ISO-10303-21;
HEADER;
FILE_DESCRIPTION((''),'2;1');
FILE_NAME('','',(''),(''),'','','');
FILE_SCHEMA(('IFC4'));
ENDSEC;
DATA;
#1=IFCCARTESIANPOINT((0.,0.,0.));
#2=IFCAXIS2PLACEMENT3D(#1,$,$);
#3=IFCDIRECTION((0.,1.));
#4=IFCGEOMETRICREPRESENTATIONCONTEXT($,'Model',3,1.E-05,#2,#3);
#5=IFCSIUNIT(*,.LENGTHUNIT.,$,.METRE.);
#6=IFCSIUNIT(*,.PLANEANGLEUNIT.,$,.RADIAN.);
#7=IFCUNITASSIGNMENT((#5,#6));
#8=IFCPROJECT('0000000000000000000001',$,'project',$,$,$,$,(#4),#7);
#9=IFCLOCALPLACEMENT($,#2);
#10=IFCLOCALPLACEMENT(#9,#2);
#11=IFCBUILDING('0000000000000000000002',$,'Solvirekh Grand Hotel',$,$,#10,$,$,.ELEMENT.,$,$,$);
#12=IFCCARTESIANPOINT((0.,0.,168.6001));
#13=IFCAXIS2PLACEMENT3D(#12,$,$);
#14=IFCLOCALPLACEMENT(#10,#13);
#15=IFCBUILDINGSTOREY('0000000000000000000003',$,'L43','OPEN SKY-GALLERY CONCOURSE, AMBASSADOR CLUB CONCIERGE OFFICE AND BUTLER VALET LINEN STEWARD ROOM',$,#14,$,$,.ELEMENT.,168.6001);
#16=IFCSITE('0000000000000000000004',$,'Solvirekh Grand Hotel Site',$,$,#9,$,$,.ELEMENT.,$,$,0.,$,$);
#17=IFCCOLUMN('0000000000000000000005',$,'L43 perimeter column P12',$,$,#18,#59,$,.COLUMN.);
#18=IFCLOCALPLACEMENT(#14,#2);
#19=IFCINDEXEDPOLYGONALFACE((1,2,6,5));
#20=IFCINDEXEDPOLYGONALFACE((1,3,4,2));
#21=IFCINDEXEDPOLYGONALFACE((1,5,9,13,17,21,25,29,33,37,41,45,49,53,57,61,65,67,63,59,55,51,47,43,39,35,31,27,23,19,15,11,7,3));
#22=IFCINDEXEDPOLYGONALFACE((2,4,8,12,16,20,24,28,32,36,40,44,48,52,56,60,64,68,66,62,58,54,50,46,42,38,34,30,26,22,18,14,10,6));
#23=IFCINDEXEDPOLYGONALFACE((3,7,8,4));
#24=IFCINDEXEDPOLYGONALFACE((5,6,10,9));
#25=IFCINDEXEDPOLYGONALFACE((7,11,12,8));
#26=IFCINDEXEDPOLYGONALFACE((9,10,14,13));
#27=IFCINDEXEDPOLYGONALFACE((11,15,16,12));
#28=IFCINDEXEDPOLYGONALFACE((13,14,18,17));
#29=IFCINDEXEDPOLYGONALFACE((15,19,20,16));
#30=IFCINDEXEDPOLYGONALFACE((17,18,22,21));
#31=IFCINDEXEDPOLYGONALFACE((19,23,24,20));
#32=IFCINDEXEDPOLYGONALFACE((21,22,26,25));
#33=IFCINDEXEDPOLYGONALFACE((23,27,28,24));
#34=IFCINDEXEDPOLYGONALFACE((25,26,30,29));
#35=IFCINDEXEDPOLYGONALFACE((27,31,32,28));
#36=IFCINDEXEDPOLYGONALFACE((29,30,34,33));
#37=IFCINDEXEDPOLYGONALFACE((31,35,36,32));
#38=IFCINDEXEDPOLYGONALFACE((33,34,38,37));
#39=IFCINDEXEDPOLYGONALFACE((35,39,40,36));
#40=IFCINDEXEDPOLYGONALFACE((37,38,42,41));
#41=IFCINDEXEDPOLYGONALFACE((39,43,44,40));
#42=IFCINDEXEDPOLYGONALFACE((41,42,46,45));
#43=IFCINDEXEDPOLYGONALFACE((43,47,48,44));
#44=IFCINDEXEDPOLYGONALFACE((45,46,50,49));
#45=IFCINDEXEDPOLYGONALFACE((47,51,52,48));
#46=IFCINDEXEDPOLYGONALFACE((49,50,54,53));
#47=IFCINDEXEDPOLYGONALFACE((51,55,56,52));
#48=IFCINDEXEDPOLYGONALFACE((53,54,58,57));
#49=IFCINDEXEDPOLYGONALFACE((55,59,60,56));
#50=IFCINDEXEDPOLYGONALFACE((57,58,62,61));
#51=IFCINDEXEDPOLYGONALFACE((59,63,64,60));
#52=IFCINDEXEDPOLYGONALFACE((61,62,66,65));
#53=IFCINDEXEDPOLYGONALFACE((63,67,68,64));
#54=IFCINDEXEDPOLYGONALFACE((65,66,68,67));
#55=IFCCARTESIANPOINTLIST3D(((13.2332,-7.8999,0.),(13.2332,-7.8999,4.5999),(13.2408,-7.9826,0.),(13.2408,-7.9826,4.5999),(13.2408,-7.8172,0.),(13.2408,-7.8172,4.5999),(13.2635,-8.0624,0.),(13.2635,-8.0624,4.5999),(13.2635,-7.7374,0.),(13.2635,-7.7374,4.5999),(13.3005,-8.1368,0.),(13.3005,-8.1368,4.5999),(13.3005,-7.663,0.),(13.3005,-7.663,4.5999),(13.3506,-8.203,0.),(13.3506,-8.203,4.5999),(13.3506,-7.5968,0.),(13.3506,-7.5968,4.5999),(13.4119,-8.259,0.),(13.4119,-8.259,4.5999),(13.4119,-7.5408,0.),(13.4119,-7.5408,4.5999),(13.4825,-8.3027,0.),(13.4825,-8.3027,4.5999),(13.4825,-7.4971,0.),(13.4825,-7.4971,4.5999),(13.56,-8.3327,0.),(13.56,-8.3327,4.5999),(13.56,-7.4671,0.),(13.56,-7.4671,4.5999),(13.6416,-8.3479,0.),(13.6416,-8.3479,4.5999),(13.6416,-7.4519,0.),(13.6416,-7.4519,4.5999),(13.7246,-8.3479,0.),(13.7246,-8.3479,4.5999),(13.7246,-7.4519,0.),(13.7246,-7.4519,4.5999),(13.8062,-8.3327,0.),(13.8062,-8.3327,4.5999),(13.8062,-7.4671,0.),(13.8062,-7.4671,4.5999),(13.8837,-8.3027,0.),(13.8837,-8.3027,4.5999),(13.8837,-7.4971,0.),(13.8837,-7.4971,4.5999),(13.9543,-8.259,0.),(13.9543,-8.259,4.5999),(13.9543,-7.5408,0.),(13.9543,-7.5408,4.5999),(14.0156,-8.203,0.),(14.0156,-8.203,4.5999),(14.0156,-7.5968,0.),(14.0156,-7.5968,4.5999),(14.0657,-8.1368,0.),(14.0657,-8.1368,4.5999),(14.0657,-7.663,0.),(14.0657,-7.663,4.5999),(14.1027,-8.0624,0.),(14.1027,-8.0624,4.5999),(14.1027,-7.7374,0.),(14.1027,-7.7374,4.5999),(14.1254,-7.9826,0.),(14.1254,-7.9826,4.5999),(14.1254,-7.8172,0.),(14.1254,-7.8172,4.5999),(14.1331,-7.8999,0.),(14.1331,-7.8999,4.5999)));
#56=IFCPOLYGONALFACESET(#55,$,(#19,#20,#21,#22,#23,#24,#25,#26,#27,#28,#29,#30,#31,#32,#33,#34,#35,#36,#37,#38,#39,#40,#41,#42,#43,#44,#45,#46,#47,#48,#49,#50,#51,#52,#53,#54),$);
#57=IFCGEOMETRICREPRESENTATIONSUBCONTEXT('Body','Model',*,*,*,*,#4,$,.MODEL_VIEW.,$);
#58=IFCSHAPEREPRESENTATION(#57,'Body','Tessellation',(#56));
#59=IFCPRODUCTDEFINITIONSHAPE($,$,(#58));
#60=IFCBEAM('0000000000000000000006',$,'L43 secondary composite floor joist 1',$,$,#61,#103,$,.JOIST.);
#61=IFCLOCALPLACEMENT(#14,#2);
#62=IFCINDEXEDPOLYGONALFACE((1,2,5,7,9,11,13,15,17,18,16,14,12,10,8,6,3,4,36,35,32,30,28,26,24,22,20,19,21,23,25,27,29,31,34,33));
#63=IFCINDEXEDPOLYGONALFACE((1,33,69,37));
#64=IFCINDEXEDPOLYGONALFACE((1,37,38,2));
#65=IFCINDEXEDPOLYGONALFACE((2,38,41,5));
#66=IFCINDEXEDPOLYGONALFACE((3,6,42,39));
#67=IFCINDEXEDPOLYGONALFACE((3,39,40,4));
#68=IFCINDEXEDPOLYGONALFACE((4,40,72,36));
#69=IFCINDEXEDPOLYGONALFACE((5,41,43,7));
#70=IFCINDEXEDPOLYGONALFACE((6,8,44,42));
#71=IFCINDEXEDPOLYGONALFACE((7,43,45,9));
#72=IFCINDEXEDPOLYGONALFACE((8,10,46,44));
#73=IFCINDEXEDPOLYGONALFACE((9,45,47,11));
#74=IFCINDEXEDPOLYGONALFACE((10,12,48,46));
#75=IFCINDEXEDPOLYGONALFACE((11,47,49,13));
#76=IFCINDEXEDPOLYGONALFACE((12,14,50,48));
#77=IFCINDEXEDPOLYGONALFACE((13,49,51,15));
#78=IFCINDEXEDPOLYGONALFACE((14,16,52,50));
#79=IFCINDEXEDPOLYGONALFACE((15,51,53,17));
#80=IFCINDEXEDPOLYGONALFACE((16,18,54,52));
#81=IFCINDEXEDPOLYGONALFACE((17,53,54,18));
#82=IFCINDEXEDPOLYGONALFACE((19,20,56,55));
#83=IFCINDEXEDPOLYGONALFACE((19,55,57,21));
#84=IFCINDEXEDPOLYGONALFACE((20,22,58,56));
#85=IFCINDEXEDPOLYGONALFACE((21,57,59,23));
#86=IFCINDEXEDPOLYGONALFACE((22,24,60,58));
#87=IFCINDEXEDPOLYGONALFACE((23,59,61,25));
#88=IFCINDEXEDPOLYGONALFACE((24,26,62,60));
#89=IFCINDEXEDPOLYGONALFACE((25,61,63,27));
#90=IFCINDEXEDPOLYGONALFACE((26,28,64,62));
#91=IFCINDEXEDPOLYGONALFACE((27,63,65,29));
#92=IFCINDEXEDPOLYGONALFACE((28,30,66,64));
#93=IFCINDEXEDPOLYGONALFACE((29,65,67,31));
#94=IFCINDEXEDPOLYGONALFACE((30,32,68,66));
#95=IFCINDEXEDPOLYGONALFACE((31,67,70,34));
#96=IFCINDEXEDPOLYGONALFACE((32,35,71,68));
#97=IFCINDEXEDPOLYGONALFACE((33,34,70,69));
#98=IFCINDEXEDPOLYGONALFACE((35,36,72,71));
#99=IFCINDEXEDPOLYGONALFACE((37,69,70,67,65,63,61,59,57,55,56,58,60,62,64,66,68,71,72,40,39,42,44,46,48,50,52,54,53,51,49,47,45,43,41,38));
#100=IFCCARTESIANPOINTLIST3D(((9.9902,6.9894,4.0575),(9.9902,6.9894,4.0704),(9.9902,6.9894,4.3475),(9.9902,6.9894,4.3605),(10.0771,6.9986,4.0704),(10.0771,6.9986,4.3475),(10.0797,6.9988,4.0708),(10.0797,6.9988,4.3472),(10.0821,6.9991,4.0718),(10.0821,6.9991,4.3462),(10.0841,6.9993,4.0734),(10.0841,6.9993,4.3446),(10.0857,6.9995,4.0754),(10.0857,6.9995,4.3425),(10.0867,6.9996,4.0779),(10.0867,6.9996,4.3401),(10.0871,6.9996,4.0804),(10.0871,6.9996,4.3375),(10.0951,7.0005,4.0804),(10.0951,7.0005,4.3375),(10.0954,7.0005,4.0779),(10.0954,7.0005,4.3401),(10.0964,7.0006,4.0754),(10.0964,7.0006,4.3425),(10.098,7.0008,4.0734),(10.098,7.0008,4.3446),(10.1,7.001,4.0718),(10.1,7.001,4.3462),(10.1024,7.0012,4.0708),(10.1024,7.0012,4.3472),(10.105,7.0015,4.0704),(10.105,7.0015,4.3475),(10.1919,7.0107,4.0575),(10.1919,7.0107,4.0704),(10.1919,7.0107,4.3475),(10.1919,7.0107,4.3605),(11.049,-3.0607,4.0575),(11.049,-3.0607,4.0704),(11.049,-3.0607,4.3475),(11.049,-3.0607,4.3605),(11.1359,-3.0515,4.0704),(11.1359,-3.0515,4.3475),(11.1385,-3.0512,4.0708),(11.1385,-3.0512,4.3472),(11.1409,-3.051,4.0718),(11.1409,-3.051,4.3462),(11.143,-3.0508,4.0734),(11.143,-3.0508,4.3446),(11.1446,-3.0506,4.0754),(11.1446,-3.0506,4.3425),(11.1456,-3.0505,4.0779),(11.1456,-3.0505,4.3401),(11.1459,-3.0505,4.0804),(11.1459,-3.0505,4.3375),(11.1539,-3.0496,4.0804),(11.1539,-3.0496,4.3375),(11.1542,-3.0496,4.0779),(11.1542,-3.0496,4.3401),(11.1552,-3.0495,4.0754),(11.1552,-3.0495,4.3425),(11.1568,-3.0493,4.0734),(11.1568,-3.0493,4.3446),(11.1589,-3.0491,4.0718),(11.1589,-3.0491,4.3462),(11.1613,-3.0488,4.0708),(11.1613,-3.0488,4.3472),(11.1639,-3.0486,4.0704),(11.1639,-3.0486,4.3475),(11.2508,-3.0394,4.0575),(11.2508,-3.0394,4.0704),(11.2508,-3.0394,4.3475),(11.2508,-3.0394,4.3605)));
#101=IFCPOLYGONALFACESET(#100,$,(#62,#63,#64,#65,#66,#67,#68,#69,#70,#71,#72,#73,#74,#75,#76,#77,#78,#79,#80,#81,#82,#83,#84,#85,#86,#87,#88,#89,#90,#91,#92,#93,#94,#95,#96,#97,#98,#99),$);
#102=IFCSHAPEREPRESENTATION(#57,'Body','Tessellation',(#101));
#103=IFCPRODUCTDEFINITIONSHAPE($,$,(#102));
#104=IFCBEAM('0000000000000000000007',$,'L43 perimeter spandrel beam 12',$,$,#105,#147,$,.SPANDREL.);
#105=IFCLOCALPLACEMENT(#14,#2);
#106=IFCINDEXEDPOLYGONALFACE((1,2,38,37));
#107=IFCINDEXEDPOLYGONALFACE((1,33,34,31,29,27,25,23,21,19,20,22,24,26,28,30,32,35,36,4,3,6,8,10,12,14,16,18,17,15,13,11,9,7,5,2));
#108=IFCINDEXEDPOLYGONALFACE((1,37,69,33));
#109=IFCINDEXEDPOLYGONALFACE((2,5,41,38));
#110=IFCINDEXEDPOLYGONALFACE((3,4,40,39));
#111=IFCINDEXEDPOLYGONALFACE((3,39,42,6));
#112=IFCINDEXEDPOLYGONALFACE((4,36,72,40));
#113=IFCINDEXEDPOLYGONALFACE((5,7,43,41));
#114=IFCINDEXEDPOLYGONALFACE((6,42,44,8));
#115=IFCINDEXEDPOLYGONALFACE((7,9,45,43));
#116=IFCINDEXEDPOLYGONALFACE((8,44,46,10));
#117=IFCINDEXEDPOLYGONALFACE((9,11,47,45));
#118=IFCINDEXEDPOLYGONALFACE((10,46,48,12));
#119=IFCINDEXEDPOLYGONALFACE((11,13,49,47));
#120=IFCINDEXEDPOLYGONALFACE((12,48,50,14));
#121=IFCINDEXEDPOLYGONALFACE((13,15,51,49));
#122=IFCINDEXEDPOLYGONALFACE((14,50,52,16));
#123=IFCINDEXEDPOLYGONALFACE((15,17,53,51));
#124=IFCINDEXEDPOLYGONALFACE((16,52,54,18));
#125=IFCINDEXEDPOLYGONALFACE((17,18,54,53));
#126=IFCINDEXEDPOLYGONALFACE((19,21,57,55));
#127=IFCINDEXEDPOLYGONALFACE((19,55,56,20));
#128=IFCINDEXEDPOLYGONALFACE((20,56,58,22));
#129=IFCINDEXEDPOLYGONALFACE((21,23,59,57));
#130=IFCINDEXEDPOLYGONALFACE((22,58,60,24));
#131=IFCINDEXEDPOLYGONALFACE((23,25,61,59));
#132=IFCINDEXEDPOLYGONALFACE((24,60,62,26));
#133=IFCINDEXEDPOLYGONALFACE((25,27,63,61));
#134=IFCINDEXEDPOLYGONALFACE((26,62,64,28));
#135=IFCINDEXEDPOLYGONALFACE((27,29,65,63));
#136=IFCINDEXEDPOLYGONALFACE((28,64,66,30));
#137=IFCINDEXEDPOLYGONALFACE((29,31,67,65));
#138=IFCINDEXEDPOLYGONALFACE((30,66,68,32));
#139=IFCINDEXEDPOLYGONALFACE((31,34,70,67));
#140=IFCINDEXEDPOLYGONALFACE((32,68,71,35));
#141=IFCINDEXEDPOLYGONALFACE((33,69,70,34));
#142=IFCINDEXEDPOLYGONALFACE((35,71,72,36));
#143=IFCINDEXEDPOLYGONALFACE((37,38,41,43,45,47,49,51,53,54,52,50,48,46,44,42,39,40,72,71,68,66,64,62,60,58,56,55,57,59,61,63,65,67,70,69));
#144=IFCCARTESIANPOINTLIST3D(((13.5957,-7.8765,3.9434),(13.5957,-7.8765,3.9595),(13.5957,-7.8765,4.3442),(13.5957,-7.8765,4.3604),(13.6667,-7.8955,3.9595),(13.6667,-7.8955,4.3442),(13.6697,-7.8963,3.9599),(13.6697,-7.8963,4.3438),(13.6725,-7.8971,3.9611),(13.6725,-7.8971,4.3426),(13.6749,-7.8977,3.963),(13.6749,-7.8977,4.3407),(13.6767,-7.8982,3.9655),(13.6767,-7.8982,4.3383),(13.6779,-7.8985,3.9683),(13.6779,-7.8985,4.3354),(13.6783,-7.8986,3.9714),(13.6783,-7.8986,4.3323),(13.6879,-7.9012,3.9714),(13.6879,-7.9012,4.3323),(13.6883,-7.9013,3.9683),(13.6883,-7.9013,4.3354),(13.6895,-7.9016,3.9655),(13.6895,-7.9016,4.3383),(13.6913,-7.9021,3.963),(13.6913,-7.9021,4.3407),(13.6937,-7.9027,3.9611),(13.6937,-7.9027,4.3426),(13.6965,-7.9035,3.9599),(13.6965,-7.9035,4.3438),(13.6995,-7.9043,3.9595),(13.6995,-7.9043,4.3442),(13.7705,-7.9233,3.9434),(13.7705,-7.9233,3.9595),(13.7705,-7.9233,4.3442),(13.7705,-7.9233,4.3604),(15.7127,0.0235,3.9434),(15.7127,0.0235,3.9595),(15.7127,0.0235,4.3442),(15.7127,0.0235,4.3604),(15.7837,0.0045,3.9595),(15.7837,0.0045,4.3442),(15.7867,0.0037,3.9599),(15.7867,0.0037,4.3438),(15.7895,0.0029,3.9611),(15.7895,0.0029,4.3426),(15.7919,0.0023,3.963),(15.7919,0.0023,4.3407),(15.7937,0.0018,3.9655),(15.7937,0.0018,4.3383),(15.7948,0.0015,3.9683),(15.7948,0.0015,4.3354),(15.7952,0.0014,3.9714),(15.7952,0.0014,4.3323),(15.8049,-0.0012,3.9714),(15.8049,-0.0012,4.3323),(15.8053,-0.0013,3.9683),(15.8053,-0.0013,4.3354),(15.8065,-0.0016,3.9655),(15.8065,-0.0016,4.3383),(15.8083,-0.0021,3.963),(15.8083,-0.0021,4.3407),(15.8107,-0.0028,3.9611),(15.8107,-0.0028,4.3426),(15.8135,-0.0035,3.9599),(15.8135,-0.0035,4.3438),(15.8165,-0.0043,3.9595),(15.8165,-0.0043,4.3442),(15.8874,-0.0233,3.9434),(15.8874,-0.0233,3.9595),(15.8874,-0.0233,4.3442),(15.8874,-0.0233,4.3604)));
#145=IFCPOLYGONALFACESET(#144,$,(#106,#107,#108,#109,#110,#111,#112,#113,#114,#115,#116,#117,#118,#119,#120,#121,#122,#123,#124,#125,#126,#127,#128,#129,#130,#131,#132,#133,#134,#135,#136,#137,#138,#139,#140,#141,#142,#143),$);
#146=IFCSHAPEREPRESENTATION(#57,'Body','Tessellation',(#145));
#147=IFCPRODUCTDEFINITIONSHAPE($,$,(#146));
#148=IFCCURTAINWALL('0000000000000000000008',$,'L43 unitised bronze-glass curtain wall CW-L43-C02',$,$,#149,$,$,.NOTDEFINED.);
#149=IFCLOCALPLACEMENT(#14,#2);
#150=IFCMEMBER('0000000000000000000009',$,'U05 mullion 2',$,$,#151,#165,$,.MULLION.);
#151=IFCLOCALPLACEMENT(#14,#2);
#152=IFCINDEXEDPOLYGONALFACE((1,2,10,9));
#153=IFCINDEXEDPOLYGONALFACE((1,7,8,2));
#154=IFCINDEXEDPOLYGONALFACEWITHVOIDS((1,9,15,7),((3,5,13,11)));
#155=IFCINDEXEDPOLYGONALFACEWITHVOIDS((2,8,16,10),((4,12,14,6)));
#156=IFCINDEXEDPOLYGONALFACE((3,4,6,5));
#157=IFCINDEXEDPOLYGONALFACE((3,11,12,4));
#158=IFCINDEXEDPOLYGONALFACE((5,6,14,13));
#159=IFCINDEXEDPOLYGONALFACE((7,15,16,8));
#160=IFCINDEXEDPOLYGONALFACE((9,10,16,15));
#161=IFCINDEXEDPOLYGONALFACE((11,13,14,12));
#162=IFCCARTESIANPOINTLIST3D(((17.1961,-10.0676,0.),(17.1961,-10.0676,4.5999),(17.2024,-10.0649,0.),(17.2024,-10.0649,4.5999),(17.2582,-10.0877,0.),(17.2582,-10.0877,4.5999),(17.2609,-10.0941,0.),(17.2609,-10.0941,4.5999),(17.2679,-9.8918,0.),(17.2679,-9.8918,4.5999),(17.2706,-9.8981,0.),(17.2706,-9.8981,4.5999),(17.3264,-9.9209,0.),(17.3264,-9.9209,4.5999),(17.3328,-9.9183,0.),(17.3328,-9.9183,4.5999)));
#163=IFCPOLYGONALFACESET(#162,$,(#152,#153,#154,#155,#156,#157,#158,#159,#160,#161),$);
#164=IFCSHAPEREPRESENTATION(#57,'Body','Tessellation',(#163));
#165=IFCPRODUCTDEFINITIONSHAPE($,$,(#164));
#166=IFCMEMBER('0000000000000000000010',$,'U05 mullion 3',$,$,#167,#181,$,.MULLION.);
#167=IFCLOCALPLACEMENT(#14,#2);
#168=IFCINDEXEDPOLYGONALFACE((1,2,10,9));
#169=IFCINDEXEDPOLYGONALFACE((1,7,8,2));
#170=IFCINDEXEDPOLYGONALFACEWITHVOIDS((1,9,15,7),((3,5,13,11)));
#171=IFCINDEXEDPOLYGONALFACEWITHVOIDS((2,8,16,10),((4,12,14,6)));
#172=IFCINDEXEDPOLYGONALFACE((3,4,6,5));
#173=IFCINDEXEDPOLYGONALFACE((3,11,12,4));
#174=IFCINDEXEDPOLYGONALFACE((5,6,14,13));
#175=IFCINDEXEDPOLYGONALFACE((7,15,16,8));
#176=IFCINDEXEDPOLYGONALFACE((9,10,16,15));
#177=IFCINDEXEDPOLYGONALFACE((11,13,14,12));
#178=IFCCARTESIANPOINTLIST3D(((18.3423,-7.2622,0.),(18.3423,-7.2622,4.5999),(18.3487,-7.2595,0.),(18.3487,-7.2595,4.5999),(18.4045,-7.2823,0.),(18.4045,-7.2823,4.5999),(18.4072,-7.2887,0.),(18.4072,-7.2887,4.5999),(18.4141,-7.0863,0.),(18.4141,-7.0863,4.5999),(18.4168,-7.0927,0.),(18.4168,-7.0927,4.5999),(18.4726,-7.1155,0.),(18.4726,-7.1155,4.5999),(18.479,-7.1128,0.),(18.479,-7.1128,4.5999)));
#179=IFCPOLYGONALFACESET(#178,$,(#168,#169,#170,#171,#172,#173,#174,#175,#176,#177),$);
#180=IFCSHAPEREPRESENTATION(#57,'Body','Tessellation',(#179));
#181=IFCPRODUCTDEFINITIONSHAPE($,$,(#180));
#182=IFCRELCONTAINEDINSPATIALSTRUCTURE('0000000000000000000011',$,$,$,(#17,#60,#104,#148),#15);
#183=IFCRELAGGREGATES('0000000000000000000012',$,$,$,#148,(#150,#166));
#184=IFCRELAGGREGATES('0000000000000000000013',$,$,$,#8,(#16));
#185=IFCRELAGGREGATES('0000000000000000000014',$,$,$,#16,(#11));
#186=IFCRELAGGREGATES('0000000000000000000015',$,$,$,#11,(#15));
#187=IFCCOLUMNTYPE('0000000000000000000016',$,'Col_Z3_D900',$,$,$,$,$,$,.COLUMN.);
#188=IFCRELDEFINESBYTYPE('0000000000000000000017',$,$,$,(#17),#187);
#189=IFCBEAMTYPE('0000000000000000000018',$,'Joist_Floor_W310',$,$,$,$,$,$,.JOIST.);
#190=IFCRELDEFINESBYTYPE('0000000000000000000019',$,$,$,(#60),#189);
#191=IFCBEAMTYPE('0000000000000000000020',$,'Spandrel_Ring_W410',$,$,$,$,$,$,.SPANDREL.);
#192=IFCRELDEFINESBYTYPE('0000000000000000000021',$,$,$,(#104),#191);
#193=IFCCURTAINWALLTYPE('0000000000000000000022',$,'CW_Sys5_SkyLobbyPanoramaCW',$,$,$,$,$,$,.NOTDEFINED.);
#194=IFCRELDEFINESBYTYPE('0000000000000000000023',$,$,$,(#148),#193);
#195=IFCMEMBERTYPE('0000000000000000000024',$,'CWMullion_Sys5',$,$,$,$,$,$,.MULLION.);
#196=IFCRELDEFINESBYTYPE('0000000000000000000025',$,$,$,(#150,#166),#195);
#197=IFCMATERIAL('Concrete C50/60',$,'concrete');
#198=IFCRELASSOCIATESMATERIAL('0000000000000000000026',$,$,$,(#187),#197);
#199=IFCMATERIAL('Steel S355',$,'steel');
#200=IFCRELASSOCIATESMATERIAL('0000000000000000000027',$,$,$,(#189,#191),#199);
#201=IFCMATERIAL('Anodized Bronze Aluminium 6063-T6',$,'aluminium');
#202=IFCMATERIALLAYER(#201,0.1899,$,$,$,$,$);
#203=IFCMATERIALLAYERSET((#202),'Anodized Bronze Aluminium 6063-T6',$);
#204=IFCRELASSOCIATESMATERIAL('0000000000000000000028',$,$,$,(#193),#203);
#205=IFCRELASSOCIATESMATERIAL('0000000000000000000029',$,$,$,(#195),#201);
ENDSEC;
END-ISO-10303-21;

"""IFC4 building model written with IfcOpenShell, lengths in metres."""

from ifc_helpers import new_model, si_unit, direction, frame, origin, origin_2d, place, context, subcontext, project, spatial, hollow_rectangle, circle, i_section, extrude, source, transform, mapped, material, layer, layer_set, material_profile, profile_set, type_object, element, aggregate, save


model = new_model("IFC4")

# Units and contexts
model_context = context("Model", 3, precision=1e-05, world=origin(), true_north=direction((0.0, 1.0)))
body_context = subcontext(model_context, "Body", "Model", "MODEL_VIEW")
ifc_project = project(units=[si_unit("LENGTHUNIT", "METRE"), si_unit("PLANEANGLEUNIT", "RADIAN")], contexts=[model_context])

# Site, building, storey
site_placement = place(None, origin())
site = spatial("IfcSite", under=ifc_project, at=site_placement, Name="Solvirekh Grand Hotel Site", CompositionType="ELEMENT", RefElevation=0.0)
building_placement = place(site_placement, origin())
building = spatial("IfcBuilding", under=site, at=building_placement, Name="Solvirekh Grand Hotel", CompositionType="ELEMENT")
storey_placement = place(building_placement, frame((0.0, 0.0, 168.6001)))
storey = spatial("IfcBuildingStorey", under=building, at=storey_placement, Name="L43", Description="OPEN SKY-GALLERY CONCOURSE, AMBASSADOR CLUB CONCIERGE OFFICE AND BUTLER VALET LINEN STEWARD ROOM", CompositionType="ELEMENT", Elevation=168.6001)

# Column
ifc_material_1 = material(Name="Concrete C50/60", Category="concrete")
ifc_material_profile_1 = material_profile(ifc_material_1, circle(Radius=0.45, at=origin_2d()), Name="RC CIRC D900")
ifc_profile_set_1 = profile_set([ifc_material_profile_1], Name="Concrete C50/60")
column_type = type_object("IfcColumnType", Name="Col_Z3_D900", PredefinedType="COLUMN", material=ifc_profile_set_1)
column_placement = place(storey_placement, frame((13.6831, -7.8999, 0.0), z_axis=(0.0, 0.0, 1.0), x_axis=(1.0, 0.0, 0.0)))
element("IfcColumn", 1, at=column_placement, inside=storey, type_object=column_type, Name="L43 perimeter column P12", PredefinedType="COLUMN", context=body_context, shape_type="SweptSolid", body=[
    extrude(circle(Radius=0.45, at=origin_2d()), origin(), (0.0, 0.0, 1.0), 4.5999),
])

# Beams
ifc_material_2 = material(Name="Steel S355", Category="steel")
ifc_material_profile_2 = material_profile(ifc_material_2, i_section(OverallWidth=0.2029, OverallDepth=0.303, WebThickness=0.0081, FlangeThickness=0.0129, FilletRadius=0.01, at=origin_2d()), Name="W310X60")
ifc_profile_set_2 = profile_set([ifc_material_profile_2], Name="Steel S355")
beam_type_1 = type_object("IfcBeamType", Name="Joist_Floor_W310", PredefinedType="JOIST", material=ifc_profile_set_2)
beam_1_placement = place(storey_placement, frame((11.1499, -3.05, 4.209), z_axis=(-0.104777, 0.994496, 0.0), x_axis=(-0.994496, -0.104777, 0.0)))
element("IfcBeam", 2, at=beam_1_placement, inside=storey, type_object=beam_type_1, Name="L43 secondary composite floor joist 1", PredefinedType="JOIST", context=body_context, shape_type="SweptSolid", body=[
    extrude(i_section(OverallWidth=0.2029, OverallDepth=0.303, WebThickness=0.0081, FlangeThickness=0.0129, FilletRadius=0.01, at=origin_2d()), origin(), (0.0, 0.0, 1.0), 10.1057),
])
ifc_material_profile_3 = material_profile(ifc_material_2, i_section(OverallWidth=0.1809, OverallDepth=0.417, WebThickness=0.01, FlangeThickness=0.0161, FilletRadius=0.012, at=origin_2d()), Name="W410X85")
ifc_profile_set_3 = profile_set([ifc_material_profile_3], Name="Steel S355")
beam_type_2 = type_object("IfcBeamType", Name="Spandrel_Ring_W410", PredefinedType="SPANDREL", material=ifc_profile_set_3)
beam_2_placement = place(storey_placement, frame((13.6831, -7.8999, 4.1519), z_axis=(0.258839, 0.965921, 0.0), x_axis=(-0.965921, 0.258839, 0.0)))
element("IfcBeam", 3, at=beam_2_placement, inside=storey, type_object=beam_type_2, Name="L43 perimeter spandrel beam 12", PredefinedType="SPANDREL", context=body_context, shape_type="SweptSolid", body=[
    extrude(i_section(OverallWidth=0.1809, OverallDepth=0.417, WebThickness=0.01, FlangeThickness=0.0161, FilletRadius=0.012, at=origin_2d()), origin(), (0.0, 0.0, 1.0), 8.1787),
])

# Curtain wall, members
ifc_material_3 = material(Name="Anodized Bronze Aluminium 6063-T6", Category="aluminium")
ifc_layer_1 = layer(ifc_material_3, 0.1899)
ifc_layer_set_1 = layer_set([ifc_layer_1], Name="Anodized Bronze Aluminium 6063-T6")
curtain_wall_type = type_object("IfcCurtainWallType", Name="CW_Sys5_SkyLobbyPanoramaCW", PredefinedType="NOTDEFINED", material=ifc_layer_set_1)
curtain_wall_placement = place(storey_placement, origin())
curtain_wall = element("IfcCurtainWall", 4, at=curtain_wall_placement, inside=storey, type_object=curtain_wall_type, Name="L43 unitised bronze-glass curtain wall CW-L43-C02", PredefinedType="NOTDEFINED")
ifc_material_profile_4 = material_profile(ifc_material_3, hollow_rectangle(XDim=0.0701, YDim=0.1899, WallThickness=0.0049, at=origin_2d()), Name="ALU RHS 190X70X5")
ifc_profile_set_4 = profile_set([ifc_material_profile_4], Name="Anodized Bronze Aluminium 6063-T6")
member_type_1 = type_object("IfcMemberType", Name="CWMullion_Sys5", PredefinedType="MULLION", material=ifc_profile_set_4)
shared_shape_1 = source(origin(), body_context, "Body", "SweptSolid", [
    extrude(hollow_rectangle(XDim=0.0701, YDim=0.1899, WallThickness=0.0049, at=origin_2d()), origin(), (0.0, 0.0, 1.0), 4.5999),
])
member_1_placement = place(storey_placement, frame((17.2644, -9.9929, 0.0), z_axis=(0.0, 0.0, 1.0), x_axis=(-0.925718, 0.378214, 0.0)))
member_1 = element("IfcMember", 5, at=member_1_placement, type_object=member_type_1, Name="U05 mullion 2", PredefinedType="MULLION", context=body_context, shape_type="MappedRepresentation", body=[
    mapped(shared_shape_1, transform((0.0, 0.0, 0.0), x_axis=(1.0, 0.0, 0.0), y_axis=(0.0, 1.0, 0.0), z_axis=(0.0, 0.0, 1.0), scale=1.0)),
])
member_2_placement = place(storey_placement, frame((18.4106, -7.1875, 0.0), z_axis=(0.0, 0.0, 1.0), x_axis=(-0.925718, 0.378214, 0.0)))
member_2 = element("IfcMember", 6, at=member_2_placement, type_object=member_type_1, Name="U05 mullion 3", PredefinedType="MULLION", context=body_context, shape_type="MappedRepresentation", body=[
    mapped(shared_shape_1, transform((0.0, 0.0, 0.0), x_axis=(1.0, 0.0, 0.0), y_axis=(0.0, 1.0, 0.0), z_axis=(0.0, 0.0, 1.0), scale=1.0)),
])
aggregate(curtain_wall, [member_1, member_2])

save(model, "model.ifc")
